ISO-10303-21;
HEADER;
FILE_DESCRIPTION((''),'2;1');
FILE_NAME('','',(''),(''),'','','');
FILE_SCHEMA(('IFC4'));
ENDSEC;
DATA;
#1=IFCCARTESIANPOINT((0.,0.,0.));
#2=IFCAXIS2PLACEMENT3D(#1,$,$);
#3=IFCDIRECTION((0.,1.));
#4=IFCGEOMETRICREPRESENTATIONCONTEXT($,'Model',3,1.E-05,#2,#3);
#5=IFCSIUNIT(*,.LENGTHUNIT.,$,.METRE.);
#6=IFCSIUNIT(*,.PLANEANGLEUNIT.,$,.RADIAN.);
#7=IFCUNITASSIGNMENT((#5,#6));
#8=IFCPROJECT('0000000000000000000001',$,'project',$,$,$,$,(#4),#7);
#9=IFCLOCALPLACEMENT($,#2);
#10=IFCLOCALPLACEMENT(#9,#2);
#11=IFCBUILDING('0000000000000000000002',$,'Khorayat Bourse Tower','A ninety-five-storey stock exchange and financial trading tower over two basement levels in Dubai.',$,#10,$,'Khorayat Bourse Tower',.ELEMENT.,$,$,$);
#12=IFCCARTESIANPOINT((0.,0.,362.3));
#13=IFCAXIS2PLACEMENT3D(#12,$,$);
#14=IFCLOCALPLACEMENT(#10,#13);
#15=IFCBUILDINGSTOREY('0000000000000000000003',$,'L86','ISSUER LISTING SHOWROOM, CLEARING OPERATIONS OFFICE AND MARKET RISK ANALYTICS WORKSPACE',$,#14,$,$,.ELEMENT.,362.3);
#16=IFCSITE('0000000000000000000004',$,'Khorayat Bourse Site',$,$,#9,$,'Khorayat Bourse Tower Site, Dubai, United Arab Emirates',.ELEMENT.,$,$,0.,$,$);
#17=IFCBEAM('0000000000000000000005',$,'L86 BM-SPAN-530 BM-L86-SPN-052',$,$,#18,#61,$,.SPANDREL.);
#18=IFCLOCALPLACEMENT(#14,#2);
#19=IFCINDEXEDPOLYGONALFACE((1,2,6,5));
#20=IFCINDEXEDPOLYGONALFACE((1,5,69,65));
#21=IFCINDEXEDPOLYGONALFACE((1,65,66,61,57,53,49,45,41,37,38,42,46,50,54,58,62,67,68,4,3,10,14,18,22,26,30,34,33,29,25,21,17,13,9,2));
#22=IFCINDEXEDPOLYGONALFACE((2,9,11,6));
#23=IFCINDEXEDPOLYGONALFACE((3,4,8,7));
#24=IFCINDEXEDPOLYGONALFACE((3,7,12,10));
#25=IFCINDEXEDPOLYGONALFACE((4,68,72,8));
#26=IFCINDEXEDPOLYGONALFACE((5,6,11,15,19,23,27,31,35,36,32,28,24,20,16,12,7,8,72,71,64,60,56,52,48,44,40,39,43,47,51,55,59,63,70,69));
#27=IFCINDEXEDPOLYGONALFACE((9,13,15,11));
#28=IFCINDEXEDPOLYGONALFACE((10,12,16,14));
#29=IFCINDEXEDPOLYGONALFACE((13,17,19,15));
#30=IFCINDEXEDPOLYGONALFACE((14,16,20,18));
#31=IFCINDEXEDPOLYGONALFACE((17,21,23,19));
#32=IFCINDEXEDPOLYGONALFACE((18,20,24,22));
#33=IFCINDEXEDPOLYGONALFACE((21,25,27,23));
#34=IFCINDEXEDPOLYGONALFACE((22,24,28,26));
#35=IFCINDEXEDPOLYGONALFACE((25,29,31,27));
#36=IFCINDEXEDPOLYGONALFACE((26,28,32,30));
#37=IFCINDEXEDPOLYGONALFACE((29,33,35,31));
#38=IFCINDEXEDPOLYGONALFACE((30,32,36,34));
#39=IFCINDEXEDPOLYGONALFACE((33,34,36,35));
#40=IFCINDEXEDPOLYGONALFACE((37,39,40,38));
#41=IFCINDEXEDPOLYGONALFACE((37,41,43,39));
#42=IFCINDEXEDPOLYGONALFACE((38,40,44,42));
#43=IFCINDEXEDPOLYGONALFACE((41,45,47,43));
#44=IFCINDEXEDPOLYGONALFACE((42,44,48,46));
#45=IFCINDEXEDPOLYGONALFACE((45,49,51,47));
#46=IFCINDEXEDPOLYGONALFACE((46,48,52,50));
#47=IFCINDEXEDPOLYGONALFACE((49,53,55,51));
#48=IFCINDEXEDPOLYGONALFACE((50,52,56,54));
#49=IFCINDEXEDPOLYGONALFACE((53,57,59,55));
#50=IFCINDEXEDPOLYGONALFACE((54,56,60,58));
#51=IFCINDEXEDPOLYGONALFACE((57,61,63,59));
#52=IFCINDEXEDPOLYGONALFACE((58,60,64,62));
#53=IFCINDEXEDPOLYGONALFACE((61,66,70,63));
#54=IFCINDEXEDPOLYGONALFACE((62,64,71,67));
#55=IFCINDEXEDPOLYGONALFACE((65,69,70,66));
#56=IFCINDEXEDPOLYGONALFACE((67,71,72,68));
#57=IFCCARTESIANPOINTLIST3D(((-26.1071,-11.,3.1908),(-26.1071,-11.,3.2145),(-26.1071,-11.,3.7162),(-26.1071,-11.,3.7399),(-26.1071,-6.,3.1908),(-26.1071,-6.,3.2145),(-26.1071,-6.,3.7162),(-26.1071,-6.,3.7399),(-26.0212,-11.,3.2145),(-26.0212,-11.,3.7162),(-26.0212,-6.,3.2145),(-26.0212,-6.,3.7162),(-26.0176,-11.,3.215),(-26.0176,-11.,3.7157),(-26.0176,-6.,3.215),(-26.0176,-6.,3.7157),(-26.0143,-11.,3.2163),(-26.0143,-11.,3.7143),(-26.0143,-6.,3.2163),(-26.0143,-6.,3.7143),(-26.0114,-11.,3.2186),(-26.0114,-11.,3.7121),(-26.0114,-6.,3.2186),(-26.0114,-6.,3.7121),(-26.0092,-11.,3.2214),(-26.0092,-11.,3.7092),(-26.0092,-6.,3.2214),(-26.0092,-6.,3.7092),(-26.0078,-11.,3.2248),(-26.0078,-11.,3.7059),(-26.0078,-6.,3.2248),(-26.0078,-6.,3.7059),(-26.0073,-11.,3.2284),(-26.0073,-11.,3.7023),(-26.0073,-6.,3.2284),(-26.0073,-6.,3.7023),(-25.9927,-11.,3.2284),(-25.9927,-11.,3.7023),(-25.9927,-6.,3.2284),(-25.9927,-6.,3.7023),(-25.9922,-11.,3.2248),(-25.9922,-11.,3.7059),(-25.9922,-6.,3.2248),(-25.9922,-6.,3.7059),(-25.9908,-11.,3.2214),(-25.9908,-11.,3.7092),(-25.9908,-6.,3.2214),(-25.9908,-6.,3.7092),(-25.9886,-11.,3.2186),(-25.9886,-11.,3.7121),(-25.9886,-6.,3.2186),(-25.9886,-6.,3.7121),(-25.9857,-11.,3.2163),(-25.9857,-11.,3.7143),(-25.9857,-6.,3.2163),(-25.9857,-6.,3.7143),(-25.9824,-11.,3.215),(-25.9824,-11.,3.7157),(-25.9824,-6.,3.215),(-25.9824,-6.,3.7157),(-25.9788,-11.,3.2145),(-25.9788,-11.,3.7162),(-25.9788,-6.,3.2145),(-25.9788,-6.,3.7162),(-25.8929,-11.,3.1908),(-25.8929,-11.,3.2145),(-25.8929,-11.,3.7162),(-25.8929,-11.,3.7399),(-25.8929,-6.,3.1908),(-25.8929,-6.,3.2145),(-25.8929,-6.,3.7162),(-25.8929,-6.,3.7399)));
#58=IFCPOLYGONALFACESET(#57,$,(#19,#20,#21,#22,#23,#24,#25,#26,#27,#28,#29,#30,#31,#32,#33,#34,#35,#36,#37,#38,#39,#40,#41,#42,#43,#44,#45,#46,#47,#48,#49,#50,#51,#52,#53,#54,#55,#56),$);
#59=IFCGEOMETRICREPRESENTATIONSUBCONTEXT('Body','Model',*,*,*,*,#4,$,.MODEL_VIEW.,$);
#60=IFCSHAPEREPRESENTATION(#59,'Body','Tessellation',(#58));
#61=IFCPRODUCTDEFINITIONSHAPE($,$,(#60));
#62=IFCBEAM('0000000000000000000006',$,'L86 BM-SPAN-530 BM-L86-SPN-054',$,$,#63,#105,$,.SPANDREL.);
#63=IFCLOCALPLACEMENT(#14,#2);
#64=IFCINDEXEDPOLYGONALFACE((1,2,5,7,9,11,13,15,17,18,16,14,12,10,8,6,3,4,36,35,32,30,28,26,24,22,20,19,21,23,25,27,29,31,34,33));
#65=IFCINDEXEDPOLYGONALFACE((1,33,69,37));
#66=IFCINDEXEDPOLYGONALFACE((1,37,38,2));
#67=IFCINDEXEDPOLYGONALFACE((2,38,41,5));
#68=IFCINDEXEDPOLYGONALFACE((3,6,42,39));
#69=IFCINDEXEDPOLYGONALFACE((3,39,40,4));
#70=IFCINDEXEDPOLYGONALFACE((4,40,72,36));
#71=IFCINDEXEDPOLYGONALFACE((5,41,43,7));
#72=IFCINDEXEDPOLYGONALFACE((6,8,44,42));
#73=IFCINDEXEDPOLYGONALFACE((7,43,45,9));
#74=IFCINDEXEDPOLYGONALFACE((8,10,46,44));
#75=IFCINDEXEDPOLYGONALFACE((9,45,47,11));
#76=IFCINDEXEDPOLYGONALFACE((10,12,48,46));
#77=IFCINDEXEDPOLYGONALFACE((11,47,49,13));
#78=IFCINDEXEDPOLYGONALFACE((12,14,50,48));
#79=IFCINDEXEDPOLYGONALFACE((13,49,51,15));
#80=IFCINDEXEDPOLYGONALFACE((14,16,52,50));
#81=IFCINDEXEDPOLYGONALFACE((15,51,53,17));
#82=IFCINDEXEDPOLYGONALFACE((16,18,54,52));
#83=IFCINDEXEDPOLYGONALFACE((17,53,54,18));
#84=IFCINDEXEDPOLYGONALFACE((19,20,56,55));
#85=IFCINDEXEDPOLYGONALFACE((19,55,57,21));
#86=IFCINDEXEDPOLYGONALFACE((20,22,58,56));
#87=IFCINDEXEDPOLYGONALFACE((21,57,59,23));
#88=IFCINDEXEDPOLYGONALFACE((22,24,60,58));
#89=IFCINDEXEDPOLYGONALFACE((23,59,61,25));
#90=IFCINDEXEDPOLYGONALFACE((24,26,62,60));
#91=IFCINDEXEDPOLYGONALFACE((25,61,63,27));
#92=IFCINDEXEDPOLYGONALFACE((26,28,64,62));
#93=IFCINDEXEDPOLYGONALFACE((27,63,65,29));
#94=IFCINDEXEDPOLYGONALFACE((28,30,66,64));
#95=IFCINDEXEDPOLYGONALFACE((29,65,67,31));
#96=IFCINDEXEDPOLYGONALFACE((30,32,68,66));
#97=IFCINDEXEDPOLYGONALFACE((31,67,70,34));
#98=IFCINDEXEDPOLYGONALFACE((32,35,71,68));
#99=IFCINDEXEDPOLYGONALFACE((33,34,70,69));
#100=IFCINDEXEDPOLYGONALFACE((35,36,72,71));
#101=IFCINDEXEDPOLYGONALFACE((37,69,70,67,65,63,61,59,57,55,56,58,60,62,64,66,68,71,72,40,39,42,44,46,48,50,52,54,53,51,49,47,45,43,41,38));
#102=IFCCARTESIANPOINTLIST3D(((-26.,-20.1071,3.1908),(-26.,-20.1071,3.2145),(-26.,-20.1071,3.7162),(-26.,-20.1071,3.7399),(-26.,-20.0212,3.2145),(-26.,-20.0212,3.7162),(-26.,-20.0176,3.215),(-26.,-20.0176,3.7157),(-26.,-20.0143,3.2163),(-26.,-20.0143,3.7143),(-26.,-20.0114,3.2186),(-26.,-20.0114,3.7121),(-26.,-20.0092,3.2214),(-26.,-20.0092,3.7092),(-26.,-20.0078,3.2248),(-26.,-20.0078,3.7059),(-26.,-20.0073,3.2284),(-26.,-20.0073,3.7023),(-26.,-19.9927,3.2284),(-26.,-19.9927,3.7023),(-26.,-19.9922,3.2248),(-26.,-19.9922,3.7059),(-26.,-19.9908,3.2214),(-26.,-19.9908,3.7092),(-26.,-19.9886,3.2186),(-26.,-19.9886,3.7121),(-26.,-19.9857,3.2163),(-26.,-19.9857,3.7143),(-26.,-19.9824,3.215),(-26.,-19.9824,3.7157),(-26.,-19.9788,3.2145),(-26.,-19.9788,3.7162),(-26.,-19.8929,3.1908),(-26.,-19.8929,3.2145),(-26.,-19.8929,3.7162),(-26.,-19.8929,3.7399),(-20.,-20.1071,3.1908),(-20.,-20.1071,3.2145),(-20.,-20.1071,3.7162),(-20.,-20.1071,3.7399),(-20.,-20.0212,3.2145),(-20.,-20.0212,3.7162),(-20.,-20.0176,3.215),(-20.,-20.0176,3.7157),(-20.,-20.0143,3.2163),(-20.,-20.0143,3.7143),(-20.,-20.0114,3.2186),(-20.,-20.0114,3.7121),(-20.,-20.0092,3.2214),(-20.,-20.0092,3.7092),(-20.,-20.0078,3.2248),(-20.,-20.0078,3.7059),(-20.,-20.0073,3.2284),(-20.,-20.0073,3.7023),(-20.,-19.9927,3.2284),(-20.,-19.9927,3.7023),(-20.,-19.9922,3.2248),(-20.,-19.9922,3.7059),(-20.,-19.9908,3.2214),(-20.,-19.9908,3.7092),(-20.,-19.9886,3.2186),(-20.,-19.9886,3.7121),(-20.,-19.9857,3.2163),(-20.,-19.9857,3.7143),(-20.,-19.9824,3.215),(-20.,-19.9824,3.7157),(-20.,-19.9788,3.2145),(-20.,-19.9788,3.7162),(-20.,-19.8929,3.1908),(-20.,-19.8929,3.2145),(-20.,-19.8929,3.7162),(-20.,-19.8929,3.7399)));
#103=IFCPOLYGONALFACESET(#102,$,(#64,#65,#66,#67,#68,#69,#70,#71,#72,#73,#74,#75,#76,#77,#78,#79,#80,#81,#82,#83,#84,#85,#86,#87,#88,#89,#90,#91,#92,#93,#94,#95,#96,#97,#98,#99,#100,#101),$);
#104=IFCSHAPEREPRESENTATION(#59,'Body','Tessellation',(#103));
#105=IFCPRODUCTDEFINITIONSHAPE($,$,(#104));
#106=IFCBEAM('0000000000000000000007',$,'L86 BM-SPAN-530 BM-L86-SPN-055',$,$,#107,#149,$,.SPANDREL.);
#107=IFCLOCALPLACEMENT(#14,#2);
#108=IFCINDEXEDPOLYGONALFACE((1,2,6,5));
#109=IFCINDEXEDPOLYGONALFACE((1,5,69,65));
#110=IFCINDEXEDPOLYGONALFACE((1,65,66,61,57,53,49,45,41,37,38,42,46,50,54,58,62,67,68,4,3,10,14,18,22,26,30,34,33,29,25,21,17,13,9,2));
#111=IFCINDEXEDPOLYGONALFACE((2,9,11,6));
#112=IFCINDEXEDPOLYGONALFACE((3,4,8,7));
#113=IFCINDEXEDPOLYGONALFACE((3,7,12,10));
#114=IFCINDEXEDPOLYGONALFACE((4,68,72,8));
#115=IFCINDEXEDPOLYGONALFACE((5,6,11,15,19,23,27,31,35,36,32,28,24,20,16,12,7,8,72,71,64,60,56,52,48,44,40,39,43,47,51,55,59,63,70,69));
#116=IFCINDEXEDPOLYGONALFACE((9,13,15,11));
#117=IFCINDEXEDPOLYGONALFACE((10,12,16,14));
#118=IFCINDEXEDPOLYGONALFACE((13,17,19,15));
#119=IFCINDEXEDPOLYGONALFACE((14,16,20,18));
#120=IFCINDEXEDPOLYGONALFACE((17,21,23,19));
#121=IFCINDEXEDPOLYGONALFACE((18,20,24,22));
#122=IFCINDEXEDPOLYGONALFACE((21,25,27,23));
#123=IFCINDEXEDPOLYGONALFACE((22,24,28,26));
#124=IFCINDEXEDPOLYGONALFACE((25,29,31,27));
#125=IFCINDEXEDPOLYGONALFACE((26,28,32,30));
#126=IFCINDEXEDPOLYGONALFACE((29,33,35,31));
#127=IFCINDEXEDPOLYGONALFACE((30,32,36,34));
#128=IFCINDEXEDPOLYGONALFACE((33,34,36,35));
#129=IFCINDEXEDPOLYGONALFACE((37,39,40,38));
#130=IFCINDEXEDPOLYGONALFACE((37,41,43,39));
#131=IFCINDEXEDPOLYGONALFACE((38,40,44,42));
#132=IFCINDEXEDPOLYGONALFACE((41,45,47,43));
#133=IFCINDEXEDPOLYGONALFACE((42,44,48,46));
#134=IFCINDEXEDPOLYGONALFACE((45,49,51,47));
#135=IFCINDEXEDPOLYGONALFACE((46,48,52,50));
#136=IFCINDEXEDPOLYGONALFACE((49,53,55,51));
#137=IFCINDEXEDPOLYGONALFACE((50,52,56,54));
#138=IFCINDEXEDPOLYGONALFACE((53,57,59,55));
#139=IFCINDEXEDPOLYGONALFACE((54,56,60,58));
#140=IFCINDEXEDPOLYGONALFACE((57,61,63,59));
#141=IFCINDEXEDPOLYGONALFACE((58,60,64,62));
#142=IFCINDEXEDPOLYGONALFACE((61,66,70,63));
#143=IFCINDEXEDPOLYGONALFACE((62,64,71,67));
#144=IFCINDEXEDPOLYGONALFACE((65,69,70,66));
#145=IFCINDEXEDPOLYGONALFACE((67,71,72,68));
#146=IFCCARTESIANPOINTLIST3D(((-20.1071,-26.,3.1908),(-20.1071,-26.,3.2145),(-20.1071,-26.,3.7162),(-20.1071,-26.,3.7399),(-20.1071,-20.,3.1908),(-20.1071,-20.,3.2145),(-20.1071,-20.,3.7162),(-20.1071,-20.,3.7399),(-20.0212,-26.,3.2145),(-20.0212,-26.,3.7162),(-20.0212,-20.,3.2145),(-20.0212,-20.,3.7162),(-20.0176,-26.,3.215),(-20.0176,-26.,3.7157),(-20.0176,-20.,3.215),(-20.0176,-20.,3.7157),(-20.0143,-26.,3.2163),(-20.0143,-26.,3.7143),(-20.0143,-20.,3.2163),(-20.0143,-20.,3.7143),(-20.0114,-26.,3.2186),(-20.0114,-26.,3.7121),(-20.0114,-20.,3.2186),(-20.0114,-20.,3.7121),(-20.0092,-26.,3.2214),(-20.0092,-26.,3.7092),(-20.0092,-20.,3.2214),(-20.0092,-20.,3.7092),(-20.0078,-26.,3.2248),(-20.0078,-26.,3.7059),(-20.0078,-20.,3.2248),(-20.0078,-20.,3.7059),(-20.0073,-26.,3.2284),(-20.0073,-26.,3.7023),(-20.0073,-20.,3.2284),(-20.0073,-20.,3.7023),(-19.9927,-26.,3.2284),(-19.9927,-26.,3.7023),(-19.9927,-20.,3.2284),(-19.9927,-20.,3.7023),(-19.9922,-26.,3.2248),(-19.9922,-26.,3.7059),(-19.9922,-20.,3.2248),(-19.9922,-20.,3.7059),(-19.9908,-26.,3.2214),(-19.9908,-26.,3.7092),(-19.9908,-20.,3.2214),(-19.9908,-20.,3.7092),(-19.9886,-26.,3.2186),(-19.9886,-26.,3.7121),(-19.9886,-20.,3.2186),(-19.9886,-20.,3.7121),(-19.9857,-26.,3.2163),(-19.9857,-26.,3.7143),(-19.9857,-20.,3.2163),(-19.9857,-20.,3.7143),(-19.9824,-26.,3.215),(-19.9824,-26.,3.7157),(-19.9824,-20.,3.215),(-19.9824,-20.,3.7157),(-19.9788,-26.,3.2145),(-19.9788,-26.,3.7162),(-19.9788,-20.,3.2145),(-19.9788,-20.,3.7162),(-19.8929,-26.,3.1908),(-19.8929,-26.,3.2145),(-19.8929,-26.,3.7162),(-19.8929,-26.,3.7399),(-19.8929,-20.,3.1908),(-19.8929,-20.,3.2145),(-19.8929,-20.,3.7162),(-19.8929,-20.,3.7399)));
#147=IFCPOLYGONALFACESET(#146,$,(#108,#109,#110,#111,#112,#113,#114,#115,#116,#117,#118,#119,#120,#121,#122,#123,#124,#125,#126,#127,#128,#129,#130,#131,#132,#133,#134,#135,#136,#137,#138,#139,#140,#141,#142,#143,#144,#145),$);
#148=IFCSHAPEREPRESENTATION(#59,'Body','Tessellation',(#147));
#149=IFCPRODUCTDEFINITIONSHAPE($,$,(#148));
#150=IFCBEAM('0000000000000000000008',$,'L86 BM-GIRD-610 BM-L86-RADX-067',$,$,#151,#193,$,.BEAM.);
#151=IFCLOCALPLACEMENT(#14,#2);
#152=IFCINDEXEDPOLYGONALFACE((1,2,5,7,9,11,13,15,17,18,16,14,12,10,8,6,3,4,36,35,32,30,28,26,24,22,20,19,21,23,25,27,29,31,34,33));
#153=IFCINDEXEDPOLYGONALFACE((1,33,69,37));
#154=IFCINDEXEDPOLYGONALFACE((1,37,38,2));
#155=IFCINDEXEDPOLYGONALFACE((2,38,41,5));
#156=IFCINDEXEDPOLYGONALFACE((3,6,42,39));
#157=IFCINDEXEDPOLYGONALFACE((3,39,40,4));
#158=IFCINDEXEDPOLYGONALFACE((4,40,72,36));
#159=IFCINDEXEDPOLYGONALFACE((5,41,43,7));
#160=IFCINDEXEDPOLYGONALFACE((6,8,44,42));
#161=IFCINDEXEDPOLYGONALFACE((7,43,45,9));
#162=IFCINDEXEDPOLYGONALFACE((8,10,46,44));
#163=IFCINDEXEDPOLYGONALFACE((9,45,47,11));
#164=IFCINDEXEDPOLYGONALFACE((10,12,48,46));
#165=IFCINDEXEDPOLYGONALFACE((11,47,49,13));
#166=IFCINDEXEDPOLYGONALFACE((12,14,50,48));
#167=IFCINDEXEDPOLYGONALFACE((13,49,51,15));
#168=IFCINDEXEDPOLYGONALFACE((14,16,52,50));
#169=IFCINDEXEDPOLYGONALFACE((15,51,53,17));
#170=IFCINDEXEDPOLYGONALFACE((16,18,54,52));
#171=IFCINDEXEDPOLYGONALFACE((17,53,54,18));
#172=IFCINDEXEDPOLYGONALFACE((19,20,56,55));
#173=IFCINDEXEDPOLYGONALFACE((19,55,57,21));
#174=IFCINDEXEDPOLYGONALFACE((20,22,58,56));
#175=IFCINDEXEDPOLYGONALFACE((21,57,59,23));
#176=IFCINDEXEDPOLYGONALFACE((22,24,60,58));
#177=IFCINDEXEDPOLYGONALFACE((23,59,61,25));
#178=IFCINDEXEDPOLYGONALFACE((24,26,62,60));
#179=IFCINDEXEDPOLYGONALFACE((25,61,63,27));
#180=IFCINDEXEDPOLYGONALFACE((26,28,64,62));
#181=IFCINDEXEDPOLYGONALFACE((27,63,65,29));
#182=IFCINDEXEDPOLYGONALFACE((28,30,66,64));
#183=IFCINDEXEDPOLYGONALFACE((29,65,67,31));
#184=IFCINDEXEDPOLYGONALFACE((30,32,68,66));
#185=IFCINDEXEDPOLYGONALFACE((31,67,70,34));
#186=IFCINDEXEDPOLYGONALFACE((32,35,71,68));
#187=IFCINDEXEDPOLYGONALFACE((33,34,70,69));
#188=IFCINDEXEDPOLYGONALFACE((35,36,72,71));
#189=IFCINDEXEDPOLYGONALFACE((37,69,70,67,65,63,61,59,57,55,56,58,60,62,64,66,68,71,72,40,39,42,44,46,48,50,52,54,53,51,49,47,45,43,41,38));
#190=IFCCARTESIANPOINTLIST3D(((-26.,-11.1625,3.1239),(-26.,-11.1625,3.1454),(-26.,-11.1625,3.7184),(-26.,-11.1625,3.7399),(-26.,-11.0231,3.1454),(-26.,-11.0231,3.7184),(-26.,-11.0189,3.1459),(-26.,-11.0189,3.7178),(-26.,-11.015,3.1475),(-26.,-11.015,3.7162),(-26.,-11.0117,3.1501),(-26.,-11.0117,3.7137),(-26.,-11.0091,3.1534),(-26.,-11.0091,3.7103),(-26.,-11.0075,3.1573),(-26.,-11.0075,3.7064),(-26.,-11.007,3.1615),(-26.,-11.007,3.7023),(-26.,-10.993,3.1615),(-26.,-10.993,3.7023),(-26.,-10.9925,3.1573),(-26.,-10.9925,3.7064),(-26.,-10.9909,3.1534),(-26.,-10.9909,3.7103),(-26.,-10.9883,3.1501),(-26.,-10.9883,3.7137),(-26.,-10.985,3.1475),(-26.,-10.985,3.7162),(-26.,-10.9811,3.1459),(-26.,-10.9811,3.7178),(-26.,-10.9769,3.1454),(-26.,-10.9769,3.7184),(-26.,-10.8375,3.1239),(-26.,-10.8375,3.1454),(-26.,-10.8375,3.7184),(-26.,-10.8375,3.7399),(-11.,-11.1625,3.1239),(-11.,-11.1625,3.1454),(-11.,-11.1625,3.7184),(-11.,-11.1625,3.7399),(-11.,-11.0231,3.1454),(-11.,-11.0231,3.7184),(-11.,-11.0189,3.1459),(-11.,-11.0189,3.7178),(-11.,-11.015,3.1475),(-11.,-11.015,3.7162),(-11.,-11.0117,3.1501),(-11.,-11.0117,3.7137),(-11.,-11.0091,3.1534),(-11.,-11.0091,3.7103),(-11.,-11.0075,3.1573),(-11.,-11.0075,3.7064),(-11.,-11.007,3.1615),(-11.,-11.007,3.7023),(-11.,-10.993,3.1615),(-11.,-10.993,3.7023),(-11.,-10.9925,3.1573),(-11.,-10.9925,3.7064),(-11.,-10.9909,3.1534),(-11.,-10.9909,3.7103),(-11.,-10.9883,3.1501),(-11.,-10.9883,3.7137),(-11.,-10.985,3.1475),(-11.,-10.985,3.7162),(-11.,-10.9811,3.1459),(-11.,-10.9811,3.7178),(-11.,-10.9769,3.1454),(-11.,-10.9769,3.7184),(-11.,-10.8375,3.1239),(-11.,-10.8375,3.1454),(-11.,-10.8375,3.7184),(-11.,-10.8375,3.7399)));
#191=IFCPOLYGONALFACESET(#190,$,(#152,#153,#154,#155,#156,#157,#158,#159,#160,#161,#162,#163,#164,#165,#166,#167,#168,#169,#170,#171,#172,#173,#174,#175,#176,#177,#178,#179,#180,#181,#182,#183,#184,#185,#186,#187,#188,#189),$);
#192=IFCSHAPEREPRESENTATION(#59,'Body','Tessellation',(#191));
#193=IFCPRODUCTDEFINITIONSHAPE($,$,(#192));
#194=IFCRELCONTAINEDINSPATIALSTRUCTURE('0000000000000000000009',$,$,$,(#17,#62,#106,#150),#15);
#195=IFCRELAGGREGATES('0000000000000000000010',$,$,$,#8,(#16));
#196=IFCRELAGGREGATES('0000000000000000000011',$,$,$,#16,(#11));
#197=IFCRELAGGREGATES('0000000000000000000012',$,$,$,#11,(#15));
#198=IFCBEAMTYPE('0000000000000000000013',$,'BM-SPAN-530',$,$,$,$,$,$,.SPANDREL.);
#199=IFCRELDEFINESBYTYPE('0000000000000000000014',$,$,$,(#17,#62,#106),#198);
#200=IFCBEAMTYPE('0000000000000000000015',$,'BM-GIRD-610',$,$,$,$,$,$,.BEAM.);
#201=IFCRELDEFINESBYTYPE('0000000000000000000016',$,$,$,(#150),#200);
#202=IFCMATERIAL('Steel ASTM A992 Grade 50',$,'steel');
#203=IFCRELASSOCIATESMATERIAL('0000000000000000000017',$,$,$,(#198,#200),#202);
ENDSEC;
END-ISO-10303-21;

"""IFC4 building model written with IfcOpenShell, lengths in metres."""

from ifc_helpers import new_model, si_unit, direction, frame, origin, origin_2d, place, context, subcontext, project, spatial, i_section, extrude, source, transform, mapped, material, material_profile, profile_set, type_object, element, save


model = new_model("IFC4")

# Units and contexts
model_context = context("Model", 3, precision=1e-05, world=origin(), true_north=direction((0.0, 1.0)))
body_context = subcontext(model_context, "Body", "Model", "MODEL_VIEW")
ifc_project = project(units=[si_unit("LENGTHUNIT", "METRE"), si_unit("PLANEANGLEUNIT", "RADIAN")], contexts=[model_context])

# Site, building, storey
site_placement = place(None, origin())
site = spatial("IfcSite", under=ifc_project, at=site_placement, Name="Khorayat Bourse Site", LongName="Khorayat Bourse Tower Site, Dubai, United Arab Emirates", CompositionType="ELEMENT", RefElevation=0.0)
building_placement = place(site_placement, origin())
building = spatial("IfcBuilding", under=site, at=building_placement, Name="Khorayat Bourse Tower", Description="A ninety-five-storey stock exchange and financial trading tower over two basement levels in Dubai.", LongName="Khorayat Bourse Tower", CompositionType="ELEMENT")
storey_placement = place(building_placement, frame((0.0, 0.0, 362.3)))
storey = spatial("IfcBuildingStorey", under=building, at=storey_placement, Name="L86", Description="ISSUER LISTING SHOWROOM, CLEARING OPERATIONS OFFICE AND MARKET RISK ANALYTICS WORKSPACE", CompositionType="ELEMENT", Elevation=362.3)

# Beams
ifc_material_1 = material(Name="Steel ASTM A992 Grade 50", Category="steel")
ifc_material_profile_1 = material_profile(ifc_material_1, i_section(OverallWidth=0.2141, OverallDepth=0.5491, WebThickness=0.0146, FlangeThickness=0.0237, FilletRadius=0.0139, at=origin_2d()), Name="W530X138")
ifc_profile_set_1 = profile_set([ifc_material_profile_1], Name="Steel ASTM A992 Grade 50")
beam_type_1 = type_object("IfcBeamType", Name="BM-SPAN-530", PredefinedType="SPANDREL", material=ifc_profile_set_1)
shared_shape_1 = source(origin(), body_context, "Body", "SweptSolid", [
    extrude(i_section(OverallWidth=0.2141, OverallDepth=0.5491, WebThickness=0.0146, FlangeThickness=0.0237, FilletRadius=0.0139, at=origin_2d()), origin(), (0.0, 0.0, 1.0), 5.0),
])
beam_1_placement = place(storey_placement, frame((-26.0, -11.0, 3.4653), z_axis=(0.0, 1.0, 0.0), x_axis=(-1.0, 0.0, 0.0)))
element("IfcBeam", 1, at=beam_1_placement, inside=storey, type_object=beam_type_1, Name="L86 BM-SPAN-530 BM-L86-SPN-052", PredefinedType="SPANDREL", context=body_context, shape_type="MappedRepresentation", body=[
    mapped(shared_shape_1, transform((0.0, 0.0, 0.0), scale=1.0)),
])
shared_shape_2 = source(origin(), body_context, "Body", "SweptSolid", [
    extrude(i_section(OverallWidth=0.2141, OverallDepth=0.5491, WebThickness=0.0146, FlangeThickness=0.0237, FilletRadius=0.0139, at=origin_2d()), origin(), (0.0, 0.0, 1.0), 6.0),
])
for number, where, z_axis, x_axis, name in (
    (2, (-26.0, -20.0, 3.4653), (1.0, 0.0, 0.0), (0.0, 1.0, 0.0), "L86 BM-SPAN-530 BM-L86-SPN-054"),
    (3, (-20.0, -26.0, 3.4653), (0.0, 1.0, 0.0), (-1.0, 0.0, 0.0), "L86 BM-SPAN-530 BM-L86-SPN-055"),
):
    element("IfcBeam", number, at=place(storey_placement, frame(where, z_axis=z_axis, x_axis=x_axis)), inside=storey, type_object=beam_type_1, Name=name, PredefinedType="SPANDREL", context=body_context, shape_type="MappedRepresentation", body=[
        mapped(shared_shape_2, transform((0.0, 0.0, 0.0), scale=1.0)),
    ])
ifc_material_profile_2 = material_profile(ifc_material_1, i_section(OverallWidth=0.325, OverallDepth=0.616, WebThickness=0.0139, FlangeThickness=0.0215, FilletRadius=0.0161, at=origin_2d()), Name="W610X174")
ifc_profile_set_2 = profile_set([ifc_material_profile_2], Name="Steel ASTM A992 Grade 50")
beam_type_2 = type_object("IfcBeamType", Name="BM-GIRD-610", PredefinedType="BEAM", material=ifc_profile_set_2)
shared_shape_3 = source(origin(), body_context, "Body", "SweptSolid", [
    extrude(i_section(OverallWidth=0.325, OverallDepth=0.616, WebThickness=0.0139, FlangeThickness=0.0215, FilletRadius=0.0161, at=origin_2d()), origin(), (0.0, 0.0, 1.0), 15.0),
])
beam_2_placement = place(storey_placement, frame((-26.0, -11.0, 3.4319), z_axis=(1.0, 0.0, 0.0), x_axis=(0.0, 1.0, 0.0)))
element("IfcBeam", 4, at=beam_2_placement, inside=storey, type_object=beam_type_2, Name="L86 BM-GIRD-610 BM-L86-RADX-067", PredefinedType="BEAM", context=body_context, shape_type="MappedRepresentation", body=[
    mapped(shared_shape_3, transform((0.0, 0.0, 0.0), scale=1.0)),
])

save(model, "model.ifc")
